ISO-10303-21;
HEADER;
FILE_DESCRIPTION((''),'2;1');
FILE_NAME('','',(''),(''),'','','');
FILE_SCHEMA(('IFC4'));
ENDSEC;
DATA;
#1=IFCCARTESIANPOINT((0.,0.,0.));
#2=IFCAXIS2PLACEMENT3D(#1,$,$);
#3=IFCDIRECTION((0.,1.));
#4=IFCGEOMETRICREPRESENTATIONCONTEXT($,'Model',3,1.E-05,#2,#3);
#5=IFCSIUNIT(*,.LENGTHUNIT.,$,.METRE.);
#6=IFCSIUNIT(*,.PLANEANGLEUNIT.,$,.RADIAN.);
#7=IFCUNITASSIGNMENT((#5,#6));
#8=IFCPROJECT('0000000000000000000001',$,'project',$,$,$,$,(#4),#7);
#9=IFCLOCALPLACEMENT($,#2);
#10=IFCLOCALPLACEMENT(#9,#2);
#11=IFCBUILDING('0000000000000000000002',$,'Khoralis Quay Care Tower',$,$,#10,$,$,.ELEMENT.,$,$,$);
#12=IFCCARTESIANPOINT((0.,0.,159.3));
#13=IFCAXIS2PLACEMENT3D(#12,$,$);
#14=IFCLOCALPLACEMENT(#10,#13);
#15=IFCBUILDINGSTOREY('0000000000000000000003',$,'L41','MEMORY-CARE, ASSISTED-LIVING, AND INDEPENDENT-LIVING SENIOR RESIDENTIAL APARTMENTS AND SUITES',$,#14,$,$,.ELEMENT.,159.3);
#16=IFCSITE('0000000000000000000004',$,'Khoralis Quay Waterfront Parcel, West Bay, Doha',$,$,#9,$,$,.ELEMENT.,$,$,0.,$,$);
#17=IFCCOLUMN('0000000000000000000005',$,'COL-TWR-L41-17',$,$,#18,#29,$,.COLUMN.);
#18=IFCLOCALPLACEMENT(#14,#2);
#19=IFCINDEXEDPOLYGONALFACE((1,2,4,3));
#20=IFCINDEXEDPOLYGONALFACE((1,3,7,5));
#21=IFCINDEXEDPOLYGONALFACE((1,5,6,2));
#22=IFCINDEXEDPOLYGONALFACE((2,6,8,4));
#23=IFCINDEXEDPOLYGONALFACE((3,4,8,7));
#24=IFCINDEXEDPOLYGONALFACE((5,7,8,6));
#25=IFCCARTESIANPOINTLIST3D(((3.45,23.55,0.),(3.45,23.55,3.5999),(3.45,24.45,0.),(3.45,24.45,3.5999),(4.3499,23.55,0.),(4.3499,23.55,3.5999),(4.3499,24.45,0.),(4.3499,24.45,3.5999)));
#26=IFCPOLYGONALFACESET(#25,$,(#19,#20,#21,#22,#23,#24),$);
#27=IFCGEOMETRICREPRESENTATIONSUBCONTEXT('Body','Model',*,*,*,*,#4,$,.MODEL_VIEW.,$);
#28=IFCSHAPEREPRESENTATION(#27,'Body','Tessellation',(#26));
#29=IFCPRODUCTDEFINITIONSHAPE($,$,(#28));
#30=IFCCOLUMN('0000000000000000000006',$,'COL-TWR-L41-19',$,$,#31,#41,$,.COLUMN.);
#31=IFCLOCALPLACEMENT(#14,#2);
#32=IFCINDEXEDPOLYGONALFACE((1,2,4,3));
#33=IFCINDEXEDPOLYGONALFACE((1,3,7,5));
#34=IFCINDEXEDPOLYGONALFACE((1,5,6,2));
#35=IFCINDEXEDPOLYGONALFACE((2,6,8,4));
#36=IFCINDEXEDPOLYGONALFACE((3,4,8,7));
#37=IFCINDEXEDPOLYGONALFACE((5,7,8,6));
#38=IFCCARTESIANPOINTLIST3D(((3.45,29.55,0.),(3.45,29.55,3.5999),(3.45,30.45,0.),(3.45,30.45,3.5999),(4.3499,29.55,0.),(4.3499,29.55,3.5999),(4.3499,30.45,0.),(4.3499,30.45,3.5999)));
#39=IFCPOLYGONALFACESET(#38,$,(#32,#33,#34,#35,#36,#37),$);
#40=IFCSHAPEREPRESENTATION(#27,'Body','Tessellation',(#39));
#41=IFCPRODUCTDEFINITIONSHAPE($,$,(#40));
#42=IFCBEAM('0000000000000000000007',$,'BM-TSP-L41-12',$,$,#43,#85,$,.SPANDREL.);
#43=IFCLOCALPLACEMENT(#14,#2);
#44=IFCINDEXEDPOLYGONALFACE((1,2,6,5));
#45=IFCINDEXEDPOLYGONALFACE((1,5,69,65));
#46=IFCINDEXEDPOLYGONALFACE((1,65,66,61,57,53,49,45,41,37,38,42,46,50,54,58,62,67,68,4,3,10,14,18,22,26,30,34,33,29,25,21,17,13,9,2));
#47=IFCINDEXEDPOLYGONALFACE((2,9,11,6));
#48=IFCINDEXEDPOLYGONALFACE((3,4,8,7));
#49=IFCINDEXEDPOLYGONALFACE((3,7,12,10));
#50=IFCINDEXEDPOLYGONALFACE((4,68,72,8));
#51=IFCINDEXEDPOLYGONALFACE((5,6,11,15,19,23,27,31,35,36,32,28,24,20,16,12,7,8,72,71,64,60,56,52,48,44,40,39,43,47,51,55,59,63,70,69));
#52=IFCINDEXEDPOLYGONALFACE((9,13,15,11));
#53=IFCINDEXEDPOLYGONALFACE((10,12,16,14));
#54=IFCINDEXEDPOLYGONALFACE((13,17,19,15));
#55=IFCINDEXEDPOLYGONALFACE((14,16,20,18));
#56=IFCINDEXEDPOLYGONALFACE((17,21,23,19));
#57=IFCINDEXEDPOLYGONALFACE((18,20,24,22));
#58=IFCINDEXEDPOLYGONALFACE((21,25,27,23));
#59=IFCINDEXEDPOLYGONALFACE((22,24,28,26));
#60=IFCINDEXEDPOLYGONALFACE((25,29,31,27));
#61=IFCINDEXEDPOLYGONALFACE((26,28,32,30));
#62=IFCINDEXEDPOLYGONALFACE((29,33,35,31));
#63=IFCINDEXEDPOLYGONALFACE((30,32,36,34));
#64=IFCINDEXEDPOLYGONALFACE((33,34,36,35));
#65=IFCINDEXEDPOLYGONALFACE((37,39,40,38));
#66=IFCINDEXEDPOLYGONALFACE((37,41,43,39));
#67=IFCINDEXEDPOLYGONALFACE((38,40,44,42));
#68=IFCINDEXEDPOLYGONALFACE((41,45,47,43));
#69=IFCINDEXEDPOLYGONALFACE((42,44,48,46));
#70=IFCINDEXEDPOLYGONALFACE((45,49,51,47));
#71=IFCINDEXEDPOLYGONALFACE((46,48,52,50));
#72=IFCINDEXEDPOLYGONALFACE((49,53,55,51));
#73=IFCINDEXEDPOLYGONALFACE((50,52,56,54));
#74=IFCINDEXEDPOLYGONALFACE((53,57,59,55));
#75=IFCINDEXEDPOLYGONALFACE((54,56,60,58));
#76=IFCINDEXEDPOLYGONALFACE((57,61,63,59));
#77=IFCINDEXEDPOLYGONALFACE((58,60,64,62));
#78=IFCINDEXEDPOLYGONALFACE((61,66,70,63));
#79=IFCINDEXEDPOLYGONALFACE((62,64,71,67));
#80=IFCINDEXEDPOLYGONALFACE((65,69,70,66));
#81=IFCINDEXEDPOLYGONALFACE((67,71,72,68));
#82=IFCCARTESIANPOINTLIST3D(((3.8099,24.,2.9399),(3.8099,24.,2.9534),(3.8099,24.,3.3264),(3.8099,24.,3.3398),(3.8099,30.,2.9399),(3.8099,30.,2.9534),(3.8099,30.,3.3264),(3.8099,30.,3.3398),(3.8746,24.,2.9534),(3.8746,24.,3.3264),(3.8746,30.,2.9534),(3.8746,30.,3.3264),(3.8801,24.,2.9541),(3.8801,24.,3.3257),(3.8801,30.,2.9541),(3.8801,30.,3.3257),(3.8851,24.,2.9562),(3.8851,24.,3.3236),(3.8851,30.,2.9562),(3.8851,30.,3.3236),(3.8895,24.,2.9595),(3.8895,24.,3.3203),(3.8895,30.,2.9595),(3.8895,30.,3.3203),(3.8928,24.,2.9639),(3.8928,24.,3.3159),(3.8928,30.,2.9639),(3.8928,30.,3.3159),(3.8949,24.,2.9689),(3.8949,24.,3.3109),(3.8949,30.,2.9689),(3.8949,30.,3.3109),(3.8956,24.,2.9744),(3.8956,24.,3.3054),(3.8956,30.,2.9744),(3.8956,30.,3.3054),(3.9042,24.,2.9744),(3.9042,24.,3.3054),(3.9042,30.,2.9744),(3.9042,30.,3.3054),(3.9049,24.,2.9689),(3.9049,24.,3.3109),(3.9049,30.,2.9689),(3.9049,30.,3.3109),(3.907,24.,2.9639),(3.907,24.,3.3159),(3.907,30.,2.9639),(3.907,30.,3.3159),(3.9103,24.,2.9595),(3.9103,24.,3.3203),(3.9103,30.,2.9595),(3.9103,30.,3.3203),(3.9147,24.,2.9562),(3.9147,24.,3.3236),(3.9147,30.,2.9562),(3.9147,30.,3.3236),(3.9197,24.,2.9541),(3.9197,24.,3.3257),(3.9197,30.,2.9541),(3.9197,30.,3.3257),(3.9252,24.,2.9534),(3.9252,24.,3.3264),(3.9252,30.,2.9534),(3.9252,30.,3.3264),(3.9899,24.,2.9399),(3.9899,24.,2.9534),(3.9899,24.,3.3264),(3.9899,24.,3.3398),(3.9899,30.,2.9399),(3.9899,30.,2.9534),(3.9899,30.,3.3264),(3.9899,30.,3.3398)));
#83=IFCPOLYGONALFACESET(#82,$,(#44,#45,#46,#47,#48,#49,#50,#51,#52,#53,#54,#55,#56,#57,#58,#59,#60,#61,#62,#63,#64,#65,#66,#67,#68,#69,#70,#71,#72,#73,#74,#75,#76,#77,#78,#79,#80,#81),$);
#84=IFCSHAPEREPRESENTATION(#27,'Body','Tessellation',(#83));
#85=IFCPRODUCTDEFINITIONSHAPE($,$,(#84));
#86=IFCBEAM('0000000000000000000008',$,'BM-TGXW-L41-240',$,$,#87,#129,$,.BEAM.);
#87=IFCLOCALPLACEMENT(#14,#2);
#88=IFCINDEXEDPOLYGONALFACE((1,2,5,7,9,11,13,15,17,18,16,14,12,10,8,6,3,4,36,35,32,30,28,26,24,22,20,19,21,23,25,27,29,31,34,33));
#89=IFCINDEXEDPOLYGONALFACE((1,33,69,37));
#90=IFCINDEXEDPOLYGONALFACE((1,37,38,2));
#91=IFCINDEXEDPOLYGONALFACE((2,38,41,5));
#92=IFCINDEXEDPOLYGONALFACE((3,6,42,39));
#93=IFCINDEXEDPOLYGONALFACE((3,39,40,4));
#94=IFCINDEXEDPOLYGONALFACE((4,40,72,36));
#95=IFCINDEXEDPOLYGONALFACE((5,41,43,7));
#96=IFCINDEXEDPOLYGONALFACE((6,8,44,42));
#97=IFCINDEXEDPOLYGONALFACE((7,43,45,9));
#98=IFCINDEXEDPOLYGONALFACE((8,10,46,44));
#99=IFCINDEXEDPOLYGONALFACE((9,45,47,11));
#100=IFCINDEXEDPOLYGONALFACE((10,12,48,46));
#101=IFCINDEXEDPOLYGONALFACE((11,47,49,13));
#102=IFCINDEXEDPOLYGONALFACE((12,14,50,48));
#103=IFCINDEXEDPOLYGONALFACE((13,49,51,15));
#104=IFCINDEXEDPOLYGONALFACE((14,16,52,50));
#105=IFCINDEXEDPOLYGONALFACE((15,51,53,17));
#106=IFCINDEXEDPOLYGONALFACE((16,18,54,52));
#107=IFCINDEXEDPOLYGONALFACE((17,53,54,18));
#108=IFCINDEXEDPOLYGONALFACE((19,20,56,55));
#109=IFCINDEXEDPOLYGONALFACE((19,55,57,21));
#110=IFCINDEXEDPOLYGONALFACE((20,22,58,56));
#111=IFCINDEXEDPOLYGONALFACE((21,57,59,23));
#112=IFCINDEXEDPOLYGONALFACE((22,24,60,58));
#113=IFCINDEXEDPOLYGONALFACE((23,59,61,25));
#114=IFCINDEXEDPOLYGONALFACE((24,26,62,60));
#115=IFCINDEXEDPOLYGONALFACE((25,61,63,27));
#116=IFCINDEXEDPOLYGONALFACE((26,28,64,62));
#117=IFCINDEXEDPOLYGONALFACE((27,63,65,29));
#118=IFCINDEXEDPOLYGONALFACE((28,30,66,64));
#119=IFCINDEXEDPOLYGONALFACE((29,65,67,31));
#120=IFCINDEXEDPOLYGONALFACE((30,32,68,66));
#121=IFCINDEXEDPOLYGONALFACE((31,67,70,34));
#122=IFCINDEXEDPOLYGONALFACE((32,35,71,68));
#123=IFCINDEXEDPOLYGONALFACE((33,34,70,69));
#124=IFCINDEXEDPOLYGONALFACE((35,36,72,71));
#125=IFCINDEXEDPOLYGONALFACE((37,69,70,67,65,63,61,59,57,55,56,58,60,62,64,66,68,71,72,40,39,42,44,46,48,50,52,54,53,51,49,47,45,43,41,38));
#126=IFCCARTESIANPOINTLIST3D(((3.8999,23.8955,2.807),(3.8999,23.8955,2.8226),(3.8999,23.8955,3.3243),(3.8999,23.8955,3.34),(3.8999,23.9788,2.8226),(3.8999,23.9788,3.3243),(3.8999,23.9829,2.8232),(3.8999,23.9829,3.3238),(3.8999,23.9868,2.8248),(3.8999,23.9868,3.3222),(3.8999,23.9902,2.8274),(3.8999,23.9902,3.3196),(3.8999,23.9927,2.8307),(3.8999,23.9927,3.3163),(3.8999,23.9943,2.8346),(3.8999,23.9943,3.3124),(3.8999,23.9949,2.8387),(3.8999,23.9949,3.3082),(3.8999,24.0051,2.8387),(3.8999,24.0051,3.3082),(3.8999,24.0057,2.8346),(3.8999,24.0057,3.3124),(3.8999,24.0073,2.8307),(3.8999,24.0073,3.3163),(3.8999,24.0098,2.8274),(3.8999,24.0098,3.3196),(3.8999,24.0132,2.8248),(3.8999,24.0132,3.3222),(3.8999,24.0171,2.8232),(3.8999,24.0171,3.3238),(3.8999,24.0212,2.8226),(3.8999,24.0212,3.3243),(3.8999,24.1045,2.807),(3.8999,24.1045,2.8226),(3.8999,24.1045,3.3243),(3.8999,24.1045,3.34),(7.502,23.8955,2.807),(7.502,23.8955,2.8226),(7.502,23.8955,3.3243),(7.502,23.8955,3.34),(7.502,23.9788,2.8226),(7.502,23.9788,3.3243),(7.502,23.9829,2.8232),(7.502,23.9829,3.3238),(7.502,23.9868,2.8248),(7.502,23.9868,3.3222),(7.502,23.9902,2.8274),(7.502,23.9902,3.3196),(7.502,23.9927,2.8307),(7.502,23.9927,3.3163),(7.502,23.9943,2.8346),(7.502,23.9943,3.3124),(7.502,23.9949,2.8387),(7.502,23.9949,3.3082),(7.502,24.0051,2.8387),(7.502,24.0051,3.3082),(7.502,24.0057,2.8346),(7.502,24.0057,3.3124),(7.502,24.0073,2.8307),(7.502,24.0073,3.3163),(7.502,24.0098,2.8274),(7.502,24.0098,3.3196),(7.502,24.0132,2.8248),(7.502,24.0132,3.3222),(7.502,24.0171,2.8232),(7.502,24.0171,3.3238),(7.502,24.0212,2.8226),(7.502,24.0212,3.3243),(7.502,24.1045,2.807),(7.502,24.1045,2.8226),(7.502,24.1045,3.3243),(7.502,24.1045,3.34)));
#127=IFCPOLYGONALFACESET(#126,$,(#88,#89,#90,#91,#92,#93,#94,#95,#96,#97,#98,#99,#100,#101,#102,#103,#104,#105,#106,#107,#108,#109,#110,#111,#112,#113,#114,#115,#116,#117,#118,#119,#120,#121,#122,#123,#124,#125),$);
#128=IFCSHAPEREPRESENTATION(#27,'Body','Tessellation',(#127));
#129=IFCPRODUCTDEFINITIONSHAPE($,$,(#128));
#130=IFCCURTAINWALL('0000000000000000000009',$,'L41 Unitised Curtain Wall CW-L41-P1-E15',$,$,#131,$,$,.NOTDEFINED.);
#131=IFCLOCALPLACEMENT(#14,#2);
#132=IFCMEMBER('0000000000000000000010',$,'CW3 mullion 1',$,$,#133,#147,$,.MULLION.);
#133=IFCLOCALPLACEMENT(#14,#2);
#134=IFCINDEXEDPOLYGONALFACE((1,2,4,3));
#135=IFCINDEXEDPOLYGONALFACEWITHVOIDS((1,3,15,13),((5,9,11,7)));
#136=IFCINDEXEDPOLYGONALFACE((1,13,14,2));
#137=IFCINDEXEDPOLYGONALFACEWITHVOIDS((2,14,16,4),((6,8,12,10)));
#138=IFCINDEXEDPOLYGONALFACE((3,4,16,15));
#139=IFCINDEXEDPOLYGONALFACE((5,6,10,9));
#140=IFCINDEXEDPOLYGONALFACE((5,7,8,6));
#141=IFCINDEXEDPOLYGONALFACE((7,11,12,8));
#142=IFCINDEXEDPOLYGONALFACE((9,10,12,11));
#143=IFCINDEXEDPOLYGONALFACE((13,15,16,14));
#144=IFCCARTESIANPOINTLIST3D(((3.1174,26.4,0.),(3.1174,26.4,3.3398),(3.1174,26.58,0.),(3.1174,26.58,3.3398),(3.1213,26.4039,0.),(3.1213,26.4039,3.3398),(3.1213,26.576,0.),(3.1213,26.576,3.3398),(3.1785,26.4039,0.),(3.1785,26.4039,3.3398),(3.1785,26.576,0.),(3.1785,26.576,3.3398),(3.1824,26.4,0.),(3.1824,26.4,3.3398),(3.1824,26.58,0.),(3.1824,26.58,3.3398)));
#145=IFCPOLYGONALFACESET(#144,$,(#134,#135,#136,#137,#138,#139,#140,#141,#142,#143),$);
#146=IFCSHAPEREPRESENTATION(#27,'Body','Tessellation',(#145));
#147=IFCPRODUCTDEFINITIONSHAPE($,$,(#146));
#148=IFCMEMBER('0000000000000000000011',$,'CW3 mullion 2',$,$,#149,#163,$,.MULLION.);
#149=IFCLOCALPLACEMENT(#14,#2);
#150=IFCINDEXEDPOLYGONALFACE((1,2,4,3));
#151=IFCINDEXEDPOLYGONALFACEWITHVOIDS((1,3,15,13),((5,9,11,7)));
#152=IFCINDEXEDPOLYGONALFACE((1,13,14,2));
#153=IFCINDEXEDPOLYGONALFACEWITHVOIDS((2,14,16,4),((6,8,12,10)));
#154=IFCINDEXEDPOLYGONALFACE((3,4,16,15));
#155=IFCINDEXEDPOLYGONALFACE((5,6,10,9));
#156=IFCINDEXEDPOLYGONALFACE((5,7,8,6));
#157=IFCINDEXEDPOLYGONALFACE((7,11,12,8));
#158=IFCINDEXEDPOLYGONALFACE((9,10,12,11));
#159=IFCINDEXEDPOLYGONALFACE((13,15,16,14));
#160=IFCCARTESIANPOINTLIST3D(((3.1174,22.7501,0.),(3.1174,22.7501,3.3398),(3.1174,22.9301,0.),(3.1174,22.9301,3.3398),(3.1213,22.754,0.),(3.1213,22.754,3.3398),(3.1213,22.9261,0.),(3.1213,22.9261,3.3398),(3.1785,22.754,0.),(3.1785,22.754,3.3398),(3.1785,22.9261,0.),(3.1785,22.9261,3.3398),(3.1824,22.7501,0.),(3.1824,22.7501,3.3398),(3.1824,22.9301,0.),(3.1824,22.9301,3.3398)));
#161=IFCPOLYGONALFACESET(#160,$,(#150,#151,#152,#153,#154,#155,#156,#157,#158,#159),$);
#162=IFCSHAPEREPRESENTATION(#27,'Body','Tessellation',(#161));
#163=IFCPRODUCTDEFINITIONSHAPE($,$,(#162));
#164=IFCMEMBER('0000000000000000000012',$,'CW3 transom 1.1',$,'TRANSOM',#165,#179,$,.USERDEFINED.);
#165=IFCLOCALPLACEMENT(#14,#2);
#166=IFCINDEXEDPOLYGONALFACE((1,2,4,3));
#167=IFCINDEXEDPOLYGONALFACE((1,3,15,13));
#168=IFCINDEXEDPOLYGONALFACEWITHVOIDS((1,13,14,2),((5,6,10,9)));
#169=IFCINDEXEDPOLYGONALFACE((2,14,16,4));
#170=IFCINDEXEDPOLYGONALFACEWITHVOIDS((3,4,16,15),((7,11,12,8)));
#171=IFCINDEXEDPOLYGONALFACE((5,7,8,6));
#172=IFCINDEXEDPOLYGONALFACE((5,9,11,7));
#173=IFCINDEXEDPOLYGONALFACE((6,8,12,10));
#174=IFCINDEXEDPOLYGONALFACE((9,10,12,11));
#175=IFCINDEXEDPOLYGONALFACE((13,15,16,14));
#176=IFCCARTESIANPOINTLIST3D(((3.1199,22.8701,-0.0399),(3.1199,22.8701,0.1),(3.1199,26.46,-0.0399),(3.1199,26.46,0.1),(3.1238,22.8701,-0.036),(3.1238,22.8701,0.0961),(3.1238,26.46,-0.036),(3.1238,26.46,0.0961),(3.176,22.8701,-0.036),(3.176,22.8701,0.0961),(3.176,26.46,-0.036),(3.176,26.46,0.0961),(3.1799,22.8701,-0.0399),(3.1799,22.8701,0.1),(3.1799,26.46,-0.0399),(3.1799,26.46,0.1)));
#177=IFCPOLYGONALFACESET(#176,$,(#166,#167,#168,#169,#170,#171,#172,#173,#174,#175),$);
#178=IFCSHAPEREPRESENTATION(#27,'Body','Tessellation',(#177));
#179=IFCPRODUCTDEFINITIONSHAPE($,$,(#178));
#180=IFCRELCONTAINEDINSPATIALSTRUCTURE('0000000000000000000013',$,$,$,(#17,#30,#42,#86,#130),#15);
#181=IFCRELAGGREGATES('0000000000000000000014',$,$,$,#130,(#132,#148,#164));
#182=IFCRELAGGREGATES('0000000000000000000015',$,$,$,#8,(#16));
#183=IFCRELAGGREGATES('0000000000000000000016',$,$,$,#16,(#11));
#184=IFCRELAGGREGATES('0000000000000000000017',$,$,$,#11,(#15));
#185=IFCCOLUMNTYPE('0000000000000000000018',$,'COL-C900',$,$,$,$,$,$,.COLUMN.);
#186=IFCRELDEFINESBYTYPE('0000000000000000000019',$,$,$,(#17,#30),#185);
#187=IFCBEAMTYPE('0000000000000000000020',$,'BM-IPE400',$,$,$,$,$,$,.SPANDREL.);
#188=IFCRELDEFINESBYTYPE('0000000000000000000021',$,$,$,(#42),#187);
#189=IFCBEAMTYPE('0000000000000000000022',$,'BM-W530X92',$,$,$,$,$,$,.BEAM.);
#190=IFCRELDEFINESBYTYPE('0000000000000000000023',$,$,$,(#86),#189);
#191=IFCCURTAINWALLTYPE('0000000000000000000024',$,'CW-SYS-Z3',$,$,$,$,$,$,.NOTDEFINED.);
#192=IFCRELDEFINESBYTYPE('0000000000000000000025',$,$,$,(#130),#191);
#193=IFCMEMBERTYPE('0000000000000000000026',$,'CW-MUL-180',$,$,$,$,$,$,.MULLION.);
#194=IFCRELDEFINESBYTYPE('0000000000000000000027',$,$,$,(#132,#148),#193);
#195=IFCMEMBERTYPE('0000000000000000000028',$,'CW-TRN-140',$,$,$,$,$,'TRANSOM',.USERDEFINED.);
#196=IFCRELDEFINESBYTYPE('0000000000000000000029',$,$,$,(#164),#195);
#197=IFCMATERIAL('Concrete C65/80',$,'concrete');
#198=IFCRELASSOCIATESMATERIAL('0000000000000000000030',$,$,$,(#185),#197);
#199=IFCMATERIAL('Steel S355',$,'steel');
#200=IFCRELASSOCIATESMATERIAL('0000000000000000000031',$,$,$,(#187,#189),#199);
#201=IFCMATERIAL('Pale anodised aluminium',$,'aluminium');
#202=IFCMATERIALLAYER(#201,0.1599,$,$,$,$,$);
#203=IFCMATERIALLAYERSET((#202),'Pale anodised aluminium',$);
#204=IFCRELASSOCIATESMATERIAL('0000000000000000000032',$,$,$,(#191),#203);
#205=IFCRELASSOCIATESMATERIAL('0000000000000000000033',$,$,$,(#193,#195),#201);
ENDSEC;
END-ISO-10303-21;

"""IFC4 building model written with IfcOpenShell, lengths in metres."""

from ifc_helpers import new_model, si_unit, direction, frame, origin, origin_2d, place, context, subcontext, project, spatial, rectangle, hollow_rectangle, i_section, extrude, source, transform, mapped, material, layer, layer_set, material_profile, profile_set, type_object, element, aggregate, save


model = new_model("IFC4")

# Units and contexts
model_context = context("Model", 3, precision=1e-05, world=origin(), true_north=direction((0.0, 1.0)))
body_context = subcontext(model_context, "Body", "Model", "MODEL_VIEW")
ifc_project = project(units=[si_unit("LENGTHUNIT", "METRE"), si_unit("PLANEANGLEUNIT", "RADIAN")], contexts=[model_context])

# Site, building, storey
site_placement = place(None, origin())
site = spatial("IfcSite", under=ifc_project, at=site_placement, Name="Khoralis Quay Waterfront Parcel, West Bay, Doha", CompositionType="ELEMENT", RefElevation=0.0)
building_placement = place(site_placement, origin())
building = spatial("IfcBuilding", under=site, at=building_placement, Name="Khoralis Quay Care Tower", CompositionType="ELEMENT")
storey_placement = place(building_placement, frame((0.0, 0.0, 159.3)))
storey = spatial("IfcBuildingStorey", under=building, at=storey_placement, Name="L41", Description="MEMORY-CARE, ASSISTED-LIVING, AND INDEPENDENT-LIVING SENIOR RESIDENTIAL APARTMENTS AND SUITES", CompositionType="ELEMENT", Elevation=159.3)

# Columns
ifc_material_1 = material(Name="Concrete C65/80", Category="concrete")
ifc_material_profile_1 = material_profile(ifc_material_1, rectangle(XDim=0.8999, YDim=0.8999, at=origin_2d()), Name="Concrete C65/80")
ifc_profile_set_1 = profile_set([ifc_material_profile_1], Name="Concrete C65/80")
column_type = type_object("IfcColumnType", Name="COL-C900", PredefinedType="COLUMN", material=ifc_profile_set_1)
shared_shape_1 = source(origin(), body_context, "Body", "SweptSolid", [
    extrude(rectangle(XDim=0.8999, YDim=0.8999, at=origin_2d()), origin(), (0.0, 0.0, 1.0), 3.5999),
])
for number, where, z_axis, x_axis, name in (
    (1, (3.8999, 24.0, 0.0), (0.0, 0.0, 1.0), (1.0, 0.0, 0.0), "COL-TWR-L41-17"),
    (2, (3.8999, 30.0, 0.0), (0.0, 0.0, 1.0), (1.0, 0.0, 0.0), "COL-TWR-L41-19"),
):
    element("IfcColumn", number, at=place(storey_placement, frame(where, z_axis=z_axis, x_axis=x_axis)), inside=storey, type_object=column_type, Name=name, PredefinedType="COLUMN", context=body_context, shape_type="MappedRepresentation", body=[
        mapped(shared_shape_1, transform((0.0, 0.0, 0.0), scale=1.0)),
    ])

# Beams
ifc_material_2 = material(Name="Steel S355", Category="steel")
ifc_material_profile_2 = material_profile(ifc_material_2, i_section(OverallWidth=0.1799, OverallDepth=0.3999, WebThickness=0.0085, FlangeThickness=0.0134, FilletRadius=0.021, at=origin_2d()), Name="Steel S355")
ifc_profile_set_2 = profile_set([ifc_material_profile_2], Name="Steel S355")
beam_type_1 = type_object("IfcBeamType", Name="BM-IPE400", PredefinedType="SPANDREL", material=ifc_profile_set_2)
shared_shape_2 = source(origin(), body_context, "Body", "SweptSolid", [
    extrude(i_section(OverallWidth=0.1799, OverallDepth=0.3999, WebThickness=0.0085, FlangeThickness=0.0134, FilletRadius=0.021, at=origin_2d()), origin(), (0.0, 0.0, 1.0), 6.0),
])
beam_1_placement = place(storey_placement, frame((3.8999, 24.0, 3.1399), z_axis=(0.0, 1.0, 0.0), x_axis=(-1.0, 0.0, 0.0)))
element("IfcBeam", 3, at=beam_1_placement, inside=storey, type_object=beam_type_1, Name="BM-TSP-L41-12", PredefinedType="SPANDREL", context=body_context, shape_type="MappedRepresentation", body=[
    mapped(shared_shape_2, transform((0.0, 0.0, 0.0), scale=1.0)),
])
ifc_material_profile_3 = material_profile(ifc_material_2, i_section(OverallWidth=0.209, OverallDepth=0.533, WebThickness=0.0103, FlangeThickness=0.0156, FilletRadius=0.0161, at=origin_2d()), Name="Steel S355")
ifc_profile_set_3 = profile_set([ifc_material_profile_3], Name="Steel S355")
beam_type_2 = type_object("IfcBeamType", Name="BM-W530X92", PredefinedType="BEAM", material=ifc_profile_set_3)
shared_shape_3 = source(origin(), body_context, "Body", "SweptSolid", [
    extrude(i_section(OverallWidth=0.209, OverallDepth=0.533, WebThickness=0.0103, FlangeThickness=0.0156, FilletRadius=0.0161, at=origin_2d()), origin(), (0.0, 0.0, 1.0), 3.6021),
])
beam_2_placement = place(storey_placement, frame((3.8999, 24.0, 3.0735), z_axis=(1.0, 0.0, 0.0), x_axis=(0.0, 1.0, 0.0)))
element("IfcBeam", 4, at=beam_2_placement, inside=storey, type_object=beam_type_2, Name="BM-TGXW-L41-240", PredefinedType="BEAM", context=body_context, shape_type="MappedRepresentation", body=[
    mapped(shared_shape_3, transform((0.0, 0.0, 0.0), scale=1.0)),
])

# Curtain wall, members
ifc_material_3 = material(Name="Pale anodised aluminium", Category="aluminium")
ifc_layer_1 = layer(ifc_material_3, 0.1599)
ifc_layer_set_1 = layer_set([ifc_layer_1], Name="Pale anodised aluminium")
curtain_wall_type = type_object("IfcCurtainWallType", Name="CW-SYS-Z3", PredefinedType="NOTDEFINED", material=ifc_layer_set_1)
curtain_wall_placement = place(storey_placement, origin())
curtain_wall = element("IfcCurtainWall", 5, at=curtain_wall_placement, inside=storey, type_object=curtain_wall_type, Name="L41 Unitised Curtain Wall CW-L41-P1-E15", PredefinedType="NOTDEFINED")
ifc_material_profile_4 = material_profile(ifc_material_3, hollow_rectangle(XDim=0.0649, YDim=0.1799, WallThickness=0.0039, at=origin_2d()), Name="Pale anodised aluminium")
ifc_profile_set_4 = profile_set([ifc_material_profile_4], Name="Pale anodised aluminium")
member_type_1 = type_object("IfcMemberType", Name="CW-MUL-180", PredefinedType="MULLION", material=ifc_profile_set_4)
shared_shape_4 = source(origin(), body_context, "Body", "SweptSolid", [
    extrude(hollow_rectangle(XDim=0.0649, YDim=0.1799, WallThickness=0.0039, at=origin_2d()), origin(), (0.0, 0.0, 1.0), 3.3398),
])
member_1_placement = place(storey_placement, frame((3.1499, 26.49, 0.0), z_axis=(0.0, 0.0, 1.0), x_axis=(1.0, 0.0, 0.0)))
member_1 = element("IfcMember", 6, at=member_1_placement, type_object=member_type_1, Name="CW3 mullion 1", PredefinedType="MULLION", context=body_context, shape_type="MappedRepresentation", body=[
    mapped(shared_shape_4, transform((0.0, 0.0, 0.0), scale=1.0)),
])
member_2_placement = place(storey_placement, frame((3.1499, 22.8401, 0.0), z_axis=(0.0, 0.0, 1.0), x_axis=(1.0, 0.0, 0.0)))
member_2 = element("IfcMember", 7, at=member_2_placement, type_object=member_type_1, Name="CW3 mullion 2", PredefinedType="MULLION", context=body_context, shape_type="MappedRepresentation", body=[
    mapped(shared_shape_4, transform((0.0, 0.0, 0.0), scale=1.0)),
])
ifc_material_profile_5 = material_profile(ifc_material_3, hollow_rectangle(XDim=0.0601, YDim=0.1399, WallThickness=0.0039, at=origin_2d()), Name="Pale anodised aluminium")
ifc_profile_set_5 = profile_set([ifc_material_profile_5], Name="Pale anodised aluminium")
member_type_2 = type_object("IfcMemberType", Name="CW-TRN-140", ElementType="TRANSOM", PredefinedType="USERDEFINED", material=ifc_profile_set_5)
shared_shape_5 = source(origin(), body_context, "Body", "SweptSolid", [
    extrude(hollow_rectangle(XDim=0.0601, YDim=0.1399, WallThickness=0.0039, at=origin_2d()), origin(), (0.0, 0.0, 1.0), 3.5898),
])
member_3_placement = place(storey_placement, frame((3.1499, 26.46, 0.03), z_axis=(0.0, -1.0, 0.0), x_axis=(1.0, 0.0, 0.0)))
member_3 = element("IfcMember", 8, at=member_3_placement, type_object=member_type_2, Name="CW3 transom 1.1", ObjectType="TRANSOM", PredefinedType="USERDEFINED", context=body_context, shape_type="MappedRepresentation", body=[
    mapped(shared_shape_5, transform((0.0, 0.0, 0.0), scale=1.0)),
])
aggregate(curtain_wall, [member_1, member_2, member_3])

save(model, "model.ifc")
